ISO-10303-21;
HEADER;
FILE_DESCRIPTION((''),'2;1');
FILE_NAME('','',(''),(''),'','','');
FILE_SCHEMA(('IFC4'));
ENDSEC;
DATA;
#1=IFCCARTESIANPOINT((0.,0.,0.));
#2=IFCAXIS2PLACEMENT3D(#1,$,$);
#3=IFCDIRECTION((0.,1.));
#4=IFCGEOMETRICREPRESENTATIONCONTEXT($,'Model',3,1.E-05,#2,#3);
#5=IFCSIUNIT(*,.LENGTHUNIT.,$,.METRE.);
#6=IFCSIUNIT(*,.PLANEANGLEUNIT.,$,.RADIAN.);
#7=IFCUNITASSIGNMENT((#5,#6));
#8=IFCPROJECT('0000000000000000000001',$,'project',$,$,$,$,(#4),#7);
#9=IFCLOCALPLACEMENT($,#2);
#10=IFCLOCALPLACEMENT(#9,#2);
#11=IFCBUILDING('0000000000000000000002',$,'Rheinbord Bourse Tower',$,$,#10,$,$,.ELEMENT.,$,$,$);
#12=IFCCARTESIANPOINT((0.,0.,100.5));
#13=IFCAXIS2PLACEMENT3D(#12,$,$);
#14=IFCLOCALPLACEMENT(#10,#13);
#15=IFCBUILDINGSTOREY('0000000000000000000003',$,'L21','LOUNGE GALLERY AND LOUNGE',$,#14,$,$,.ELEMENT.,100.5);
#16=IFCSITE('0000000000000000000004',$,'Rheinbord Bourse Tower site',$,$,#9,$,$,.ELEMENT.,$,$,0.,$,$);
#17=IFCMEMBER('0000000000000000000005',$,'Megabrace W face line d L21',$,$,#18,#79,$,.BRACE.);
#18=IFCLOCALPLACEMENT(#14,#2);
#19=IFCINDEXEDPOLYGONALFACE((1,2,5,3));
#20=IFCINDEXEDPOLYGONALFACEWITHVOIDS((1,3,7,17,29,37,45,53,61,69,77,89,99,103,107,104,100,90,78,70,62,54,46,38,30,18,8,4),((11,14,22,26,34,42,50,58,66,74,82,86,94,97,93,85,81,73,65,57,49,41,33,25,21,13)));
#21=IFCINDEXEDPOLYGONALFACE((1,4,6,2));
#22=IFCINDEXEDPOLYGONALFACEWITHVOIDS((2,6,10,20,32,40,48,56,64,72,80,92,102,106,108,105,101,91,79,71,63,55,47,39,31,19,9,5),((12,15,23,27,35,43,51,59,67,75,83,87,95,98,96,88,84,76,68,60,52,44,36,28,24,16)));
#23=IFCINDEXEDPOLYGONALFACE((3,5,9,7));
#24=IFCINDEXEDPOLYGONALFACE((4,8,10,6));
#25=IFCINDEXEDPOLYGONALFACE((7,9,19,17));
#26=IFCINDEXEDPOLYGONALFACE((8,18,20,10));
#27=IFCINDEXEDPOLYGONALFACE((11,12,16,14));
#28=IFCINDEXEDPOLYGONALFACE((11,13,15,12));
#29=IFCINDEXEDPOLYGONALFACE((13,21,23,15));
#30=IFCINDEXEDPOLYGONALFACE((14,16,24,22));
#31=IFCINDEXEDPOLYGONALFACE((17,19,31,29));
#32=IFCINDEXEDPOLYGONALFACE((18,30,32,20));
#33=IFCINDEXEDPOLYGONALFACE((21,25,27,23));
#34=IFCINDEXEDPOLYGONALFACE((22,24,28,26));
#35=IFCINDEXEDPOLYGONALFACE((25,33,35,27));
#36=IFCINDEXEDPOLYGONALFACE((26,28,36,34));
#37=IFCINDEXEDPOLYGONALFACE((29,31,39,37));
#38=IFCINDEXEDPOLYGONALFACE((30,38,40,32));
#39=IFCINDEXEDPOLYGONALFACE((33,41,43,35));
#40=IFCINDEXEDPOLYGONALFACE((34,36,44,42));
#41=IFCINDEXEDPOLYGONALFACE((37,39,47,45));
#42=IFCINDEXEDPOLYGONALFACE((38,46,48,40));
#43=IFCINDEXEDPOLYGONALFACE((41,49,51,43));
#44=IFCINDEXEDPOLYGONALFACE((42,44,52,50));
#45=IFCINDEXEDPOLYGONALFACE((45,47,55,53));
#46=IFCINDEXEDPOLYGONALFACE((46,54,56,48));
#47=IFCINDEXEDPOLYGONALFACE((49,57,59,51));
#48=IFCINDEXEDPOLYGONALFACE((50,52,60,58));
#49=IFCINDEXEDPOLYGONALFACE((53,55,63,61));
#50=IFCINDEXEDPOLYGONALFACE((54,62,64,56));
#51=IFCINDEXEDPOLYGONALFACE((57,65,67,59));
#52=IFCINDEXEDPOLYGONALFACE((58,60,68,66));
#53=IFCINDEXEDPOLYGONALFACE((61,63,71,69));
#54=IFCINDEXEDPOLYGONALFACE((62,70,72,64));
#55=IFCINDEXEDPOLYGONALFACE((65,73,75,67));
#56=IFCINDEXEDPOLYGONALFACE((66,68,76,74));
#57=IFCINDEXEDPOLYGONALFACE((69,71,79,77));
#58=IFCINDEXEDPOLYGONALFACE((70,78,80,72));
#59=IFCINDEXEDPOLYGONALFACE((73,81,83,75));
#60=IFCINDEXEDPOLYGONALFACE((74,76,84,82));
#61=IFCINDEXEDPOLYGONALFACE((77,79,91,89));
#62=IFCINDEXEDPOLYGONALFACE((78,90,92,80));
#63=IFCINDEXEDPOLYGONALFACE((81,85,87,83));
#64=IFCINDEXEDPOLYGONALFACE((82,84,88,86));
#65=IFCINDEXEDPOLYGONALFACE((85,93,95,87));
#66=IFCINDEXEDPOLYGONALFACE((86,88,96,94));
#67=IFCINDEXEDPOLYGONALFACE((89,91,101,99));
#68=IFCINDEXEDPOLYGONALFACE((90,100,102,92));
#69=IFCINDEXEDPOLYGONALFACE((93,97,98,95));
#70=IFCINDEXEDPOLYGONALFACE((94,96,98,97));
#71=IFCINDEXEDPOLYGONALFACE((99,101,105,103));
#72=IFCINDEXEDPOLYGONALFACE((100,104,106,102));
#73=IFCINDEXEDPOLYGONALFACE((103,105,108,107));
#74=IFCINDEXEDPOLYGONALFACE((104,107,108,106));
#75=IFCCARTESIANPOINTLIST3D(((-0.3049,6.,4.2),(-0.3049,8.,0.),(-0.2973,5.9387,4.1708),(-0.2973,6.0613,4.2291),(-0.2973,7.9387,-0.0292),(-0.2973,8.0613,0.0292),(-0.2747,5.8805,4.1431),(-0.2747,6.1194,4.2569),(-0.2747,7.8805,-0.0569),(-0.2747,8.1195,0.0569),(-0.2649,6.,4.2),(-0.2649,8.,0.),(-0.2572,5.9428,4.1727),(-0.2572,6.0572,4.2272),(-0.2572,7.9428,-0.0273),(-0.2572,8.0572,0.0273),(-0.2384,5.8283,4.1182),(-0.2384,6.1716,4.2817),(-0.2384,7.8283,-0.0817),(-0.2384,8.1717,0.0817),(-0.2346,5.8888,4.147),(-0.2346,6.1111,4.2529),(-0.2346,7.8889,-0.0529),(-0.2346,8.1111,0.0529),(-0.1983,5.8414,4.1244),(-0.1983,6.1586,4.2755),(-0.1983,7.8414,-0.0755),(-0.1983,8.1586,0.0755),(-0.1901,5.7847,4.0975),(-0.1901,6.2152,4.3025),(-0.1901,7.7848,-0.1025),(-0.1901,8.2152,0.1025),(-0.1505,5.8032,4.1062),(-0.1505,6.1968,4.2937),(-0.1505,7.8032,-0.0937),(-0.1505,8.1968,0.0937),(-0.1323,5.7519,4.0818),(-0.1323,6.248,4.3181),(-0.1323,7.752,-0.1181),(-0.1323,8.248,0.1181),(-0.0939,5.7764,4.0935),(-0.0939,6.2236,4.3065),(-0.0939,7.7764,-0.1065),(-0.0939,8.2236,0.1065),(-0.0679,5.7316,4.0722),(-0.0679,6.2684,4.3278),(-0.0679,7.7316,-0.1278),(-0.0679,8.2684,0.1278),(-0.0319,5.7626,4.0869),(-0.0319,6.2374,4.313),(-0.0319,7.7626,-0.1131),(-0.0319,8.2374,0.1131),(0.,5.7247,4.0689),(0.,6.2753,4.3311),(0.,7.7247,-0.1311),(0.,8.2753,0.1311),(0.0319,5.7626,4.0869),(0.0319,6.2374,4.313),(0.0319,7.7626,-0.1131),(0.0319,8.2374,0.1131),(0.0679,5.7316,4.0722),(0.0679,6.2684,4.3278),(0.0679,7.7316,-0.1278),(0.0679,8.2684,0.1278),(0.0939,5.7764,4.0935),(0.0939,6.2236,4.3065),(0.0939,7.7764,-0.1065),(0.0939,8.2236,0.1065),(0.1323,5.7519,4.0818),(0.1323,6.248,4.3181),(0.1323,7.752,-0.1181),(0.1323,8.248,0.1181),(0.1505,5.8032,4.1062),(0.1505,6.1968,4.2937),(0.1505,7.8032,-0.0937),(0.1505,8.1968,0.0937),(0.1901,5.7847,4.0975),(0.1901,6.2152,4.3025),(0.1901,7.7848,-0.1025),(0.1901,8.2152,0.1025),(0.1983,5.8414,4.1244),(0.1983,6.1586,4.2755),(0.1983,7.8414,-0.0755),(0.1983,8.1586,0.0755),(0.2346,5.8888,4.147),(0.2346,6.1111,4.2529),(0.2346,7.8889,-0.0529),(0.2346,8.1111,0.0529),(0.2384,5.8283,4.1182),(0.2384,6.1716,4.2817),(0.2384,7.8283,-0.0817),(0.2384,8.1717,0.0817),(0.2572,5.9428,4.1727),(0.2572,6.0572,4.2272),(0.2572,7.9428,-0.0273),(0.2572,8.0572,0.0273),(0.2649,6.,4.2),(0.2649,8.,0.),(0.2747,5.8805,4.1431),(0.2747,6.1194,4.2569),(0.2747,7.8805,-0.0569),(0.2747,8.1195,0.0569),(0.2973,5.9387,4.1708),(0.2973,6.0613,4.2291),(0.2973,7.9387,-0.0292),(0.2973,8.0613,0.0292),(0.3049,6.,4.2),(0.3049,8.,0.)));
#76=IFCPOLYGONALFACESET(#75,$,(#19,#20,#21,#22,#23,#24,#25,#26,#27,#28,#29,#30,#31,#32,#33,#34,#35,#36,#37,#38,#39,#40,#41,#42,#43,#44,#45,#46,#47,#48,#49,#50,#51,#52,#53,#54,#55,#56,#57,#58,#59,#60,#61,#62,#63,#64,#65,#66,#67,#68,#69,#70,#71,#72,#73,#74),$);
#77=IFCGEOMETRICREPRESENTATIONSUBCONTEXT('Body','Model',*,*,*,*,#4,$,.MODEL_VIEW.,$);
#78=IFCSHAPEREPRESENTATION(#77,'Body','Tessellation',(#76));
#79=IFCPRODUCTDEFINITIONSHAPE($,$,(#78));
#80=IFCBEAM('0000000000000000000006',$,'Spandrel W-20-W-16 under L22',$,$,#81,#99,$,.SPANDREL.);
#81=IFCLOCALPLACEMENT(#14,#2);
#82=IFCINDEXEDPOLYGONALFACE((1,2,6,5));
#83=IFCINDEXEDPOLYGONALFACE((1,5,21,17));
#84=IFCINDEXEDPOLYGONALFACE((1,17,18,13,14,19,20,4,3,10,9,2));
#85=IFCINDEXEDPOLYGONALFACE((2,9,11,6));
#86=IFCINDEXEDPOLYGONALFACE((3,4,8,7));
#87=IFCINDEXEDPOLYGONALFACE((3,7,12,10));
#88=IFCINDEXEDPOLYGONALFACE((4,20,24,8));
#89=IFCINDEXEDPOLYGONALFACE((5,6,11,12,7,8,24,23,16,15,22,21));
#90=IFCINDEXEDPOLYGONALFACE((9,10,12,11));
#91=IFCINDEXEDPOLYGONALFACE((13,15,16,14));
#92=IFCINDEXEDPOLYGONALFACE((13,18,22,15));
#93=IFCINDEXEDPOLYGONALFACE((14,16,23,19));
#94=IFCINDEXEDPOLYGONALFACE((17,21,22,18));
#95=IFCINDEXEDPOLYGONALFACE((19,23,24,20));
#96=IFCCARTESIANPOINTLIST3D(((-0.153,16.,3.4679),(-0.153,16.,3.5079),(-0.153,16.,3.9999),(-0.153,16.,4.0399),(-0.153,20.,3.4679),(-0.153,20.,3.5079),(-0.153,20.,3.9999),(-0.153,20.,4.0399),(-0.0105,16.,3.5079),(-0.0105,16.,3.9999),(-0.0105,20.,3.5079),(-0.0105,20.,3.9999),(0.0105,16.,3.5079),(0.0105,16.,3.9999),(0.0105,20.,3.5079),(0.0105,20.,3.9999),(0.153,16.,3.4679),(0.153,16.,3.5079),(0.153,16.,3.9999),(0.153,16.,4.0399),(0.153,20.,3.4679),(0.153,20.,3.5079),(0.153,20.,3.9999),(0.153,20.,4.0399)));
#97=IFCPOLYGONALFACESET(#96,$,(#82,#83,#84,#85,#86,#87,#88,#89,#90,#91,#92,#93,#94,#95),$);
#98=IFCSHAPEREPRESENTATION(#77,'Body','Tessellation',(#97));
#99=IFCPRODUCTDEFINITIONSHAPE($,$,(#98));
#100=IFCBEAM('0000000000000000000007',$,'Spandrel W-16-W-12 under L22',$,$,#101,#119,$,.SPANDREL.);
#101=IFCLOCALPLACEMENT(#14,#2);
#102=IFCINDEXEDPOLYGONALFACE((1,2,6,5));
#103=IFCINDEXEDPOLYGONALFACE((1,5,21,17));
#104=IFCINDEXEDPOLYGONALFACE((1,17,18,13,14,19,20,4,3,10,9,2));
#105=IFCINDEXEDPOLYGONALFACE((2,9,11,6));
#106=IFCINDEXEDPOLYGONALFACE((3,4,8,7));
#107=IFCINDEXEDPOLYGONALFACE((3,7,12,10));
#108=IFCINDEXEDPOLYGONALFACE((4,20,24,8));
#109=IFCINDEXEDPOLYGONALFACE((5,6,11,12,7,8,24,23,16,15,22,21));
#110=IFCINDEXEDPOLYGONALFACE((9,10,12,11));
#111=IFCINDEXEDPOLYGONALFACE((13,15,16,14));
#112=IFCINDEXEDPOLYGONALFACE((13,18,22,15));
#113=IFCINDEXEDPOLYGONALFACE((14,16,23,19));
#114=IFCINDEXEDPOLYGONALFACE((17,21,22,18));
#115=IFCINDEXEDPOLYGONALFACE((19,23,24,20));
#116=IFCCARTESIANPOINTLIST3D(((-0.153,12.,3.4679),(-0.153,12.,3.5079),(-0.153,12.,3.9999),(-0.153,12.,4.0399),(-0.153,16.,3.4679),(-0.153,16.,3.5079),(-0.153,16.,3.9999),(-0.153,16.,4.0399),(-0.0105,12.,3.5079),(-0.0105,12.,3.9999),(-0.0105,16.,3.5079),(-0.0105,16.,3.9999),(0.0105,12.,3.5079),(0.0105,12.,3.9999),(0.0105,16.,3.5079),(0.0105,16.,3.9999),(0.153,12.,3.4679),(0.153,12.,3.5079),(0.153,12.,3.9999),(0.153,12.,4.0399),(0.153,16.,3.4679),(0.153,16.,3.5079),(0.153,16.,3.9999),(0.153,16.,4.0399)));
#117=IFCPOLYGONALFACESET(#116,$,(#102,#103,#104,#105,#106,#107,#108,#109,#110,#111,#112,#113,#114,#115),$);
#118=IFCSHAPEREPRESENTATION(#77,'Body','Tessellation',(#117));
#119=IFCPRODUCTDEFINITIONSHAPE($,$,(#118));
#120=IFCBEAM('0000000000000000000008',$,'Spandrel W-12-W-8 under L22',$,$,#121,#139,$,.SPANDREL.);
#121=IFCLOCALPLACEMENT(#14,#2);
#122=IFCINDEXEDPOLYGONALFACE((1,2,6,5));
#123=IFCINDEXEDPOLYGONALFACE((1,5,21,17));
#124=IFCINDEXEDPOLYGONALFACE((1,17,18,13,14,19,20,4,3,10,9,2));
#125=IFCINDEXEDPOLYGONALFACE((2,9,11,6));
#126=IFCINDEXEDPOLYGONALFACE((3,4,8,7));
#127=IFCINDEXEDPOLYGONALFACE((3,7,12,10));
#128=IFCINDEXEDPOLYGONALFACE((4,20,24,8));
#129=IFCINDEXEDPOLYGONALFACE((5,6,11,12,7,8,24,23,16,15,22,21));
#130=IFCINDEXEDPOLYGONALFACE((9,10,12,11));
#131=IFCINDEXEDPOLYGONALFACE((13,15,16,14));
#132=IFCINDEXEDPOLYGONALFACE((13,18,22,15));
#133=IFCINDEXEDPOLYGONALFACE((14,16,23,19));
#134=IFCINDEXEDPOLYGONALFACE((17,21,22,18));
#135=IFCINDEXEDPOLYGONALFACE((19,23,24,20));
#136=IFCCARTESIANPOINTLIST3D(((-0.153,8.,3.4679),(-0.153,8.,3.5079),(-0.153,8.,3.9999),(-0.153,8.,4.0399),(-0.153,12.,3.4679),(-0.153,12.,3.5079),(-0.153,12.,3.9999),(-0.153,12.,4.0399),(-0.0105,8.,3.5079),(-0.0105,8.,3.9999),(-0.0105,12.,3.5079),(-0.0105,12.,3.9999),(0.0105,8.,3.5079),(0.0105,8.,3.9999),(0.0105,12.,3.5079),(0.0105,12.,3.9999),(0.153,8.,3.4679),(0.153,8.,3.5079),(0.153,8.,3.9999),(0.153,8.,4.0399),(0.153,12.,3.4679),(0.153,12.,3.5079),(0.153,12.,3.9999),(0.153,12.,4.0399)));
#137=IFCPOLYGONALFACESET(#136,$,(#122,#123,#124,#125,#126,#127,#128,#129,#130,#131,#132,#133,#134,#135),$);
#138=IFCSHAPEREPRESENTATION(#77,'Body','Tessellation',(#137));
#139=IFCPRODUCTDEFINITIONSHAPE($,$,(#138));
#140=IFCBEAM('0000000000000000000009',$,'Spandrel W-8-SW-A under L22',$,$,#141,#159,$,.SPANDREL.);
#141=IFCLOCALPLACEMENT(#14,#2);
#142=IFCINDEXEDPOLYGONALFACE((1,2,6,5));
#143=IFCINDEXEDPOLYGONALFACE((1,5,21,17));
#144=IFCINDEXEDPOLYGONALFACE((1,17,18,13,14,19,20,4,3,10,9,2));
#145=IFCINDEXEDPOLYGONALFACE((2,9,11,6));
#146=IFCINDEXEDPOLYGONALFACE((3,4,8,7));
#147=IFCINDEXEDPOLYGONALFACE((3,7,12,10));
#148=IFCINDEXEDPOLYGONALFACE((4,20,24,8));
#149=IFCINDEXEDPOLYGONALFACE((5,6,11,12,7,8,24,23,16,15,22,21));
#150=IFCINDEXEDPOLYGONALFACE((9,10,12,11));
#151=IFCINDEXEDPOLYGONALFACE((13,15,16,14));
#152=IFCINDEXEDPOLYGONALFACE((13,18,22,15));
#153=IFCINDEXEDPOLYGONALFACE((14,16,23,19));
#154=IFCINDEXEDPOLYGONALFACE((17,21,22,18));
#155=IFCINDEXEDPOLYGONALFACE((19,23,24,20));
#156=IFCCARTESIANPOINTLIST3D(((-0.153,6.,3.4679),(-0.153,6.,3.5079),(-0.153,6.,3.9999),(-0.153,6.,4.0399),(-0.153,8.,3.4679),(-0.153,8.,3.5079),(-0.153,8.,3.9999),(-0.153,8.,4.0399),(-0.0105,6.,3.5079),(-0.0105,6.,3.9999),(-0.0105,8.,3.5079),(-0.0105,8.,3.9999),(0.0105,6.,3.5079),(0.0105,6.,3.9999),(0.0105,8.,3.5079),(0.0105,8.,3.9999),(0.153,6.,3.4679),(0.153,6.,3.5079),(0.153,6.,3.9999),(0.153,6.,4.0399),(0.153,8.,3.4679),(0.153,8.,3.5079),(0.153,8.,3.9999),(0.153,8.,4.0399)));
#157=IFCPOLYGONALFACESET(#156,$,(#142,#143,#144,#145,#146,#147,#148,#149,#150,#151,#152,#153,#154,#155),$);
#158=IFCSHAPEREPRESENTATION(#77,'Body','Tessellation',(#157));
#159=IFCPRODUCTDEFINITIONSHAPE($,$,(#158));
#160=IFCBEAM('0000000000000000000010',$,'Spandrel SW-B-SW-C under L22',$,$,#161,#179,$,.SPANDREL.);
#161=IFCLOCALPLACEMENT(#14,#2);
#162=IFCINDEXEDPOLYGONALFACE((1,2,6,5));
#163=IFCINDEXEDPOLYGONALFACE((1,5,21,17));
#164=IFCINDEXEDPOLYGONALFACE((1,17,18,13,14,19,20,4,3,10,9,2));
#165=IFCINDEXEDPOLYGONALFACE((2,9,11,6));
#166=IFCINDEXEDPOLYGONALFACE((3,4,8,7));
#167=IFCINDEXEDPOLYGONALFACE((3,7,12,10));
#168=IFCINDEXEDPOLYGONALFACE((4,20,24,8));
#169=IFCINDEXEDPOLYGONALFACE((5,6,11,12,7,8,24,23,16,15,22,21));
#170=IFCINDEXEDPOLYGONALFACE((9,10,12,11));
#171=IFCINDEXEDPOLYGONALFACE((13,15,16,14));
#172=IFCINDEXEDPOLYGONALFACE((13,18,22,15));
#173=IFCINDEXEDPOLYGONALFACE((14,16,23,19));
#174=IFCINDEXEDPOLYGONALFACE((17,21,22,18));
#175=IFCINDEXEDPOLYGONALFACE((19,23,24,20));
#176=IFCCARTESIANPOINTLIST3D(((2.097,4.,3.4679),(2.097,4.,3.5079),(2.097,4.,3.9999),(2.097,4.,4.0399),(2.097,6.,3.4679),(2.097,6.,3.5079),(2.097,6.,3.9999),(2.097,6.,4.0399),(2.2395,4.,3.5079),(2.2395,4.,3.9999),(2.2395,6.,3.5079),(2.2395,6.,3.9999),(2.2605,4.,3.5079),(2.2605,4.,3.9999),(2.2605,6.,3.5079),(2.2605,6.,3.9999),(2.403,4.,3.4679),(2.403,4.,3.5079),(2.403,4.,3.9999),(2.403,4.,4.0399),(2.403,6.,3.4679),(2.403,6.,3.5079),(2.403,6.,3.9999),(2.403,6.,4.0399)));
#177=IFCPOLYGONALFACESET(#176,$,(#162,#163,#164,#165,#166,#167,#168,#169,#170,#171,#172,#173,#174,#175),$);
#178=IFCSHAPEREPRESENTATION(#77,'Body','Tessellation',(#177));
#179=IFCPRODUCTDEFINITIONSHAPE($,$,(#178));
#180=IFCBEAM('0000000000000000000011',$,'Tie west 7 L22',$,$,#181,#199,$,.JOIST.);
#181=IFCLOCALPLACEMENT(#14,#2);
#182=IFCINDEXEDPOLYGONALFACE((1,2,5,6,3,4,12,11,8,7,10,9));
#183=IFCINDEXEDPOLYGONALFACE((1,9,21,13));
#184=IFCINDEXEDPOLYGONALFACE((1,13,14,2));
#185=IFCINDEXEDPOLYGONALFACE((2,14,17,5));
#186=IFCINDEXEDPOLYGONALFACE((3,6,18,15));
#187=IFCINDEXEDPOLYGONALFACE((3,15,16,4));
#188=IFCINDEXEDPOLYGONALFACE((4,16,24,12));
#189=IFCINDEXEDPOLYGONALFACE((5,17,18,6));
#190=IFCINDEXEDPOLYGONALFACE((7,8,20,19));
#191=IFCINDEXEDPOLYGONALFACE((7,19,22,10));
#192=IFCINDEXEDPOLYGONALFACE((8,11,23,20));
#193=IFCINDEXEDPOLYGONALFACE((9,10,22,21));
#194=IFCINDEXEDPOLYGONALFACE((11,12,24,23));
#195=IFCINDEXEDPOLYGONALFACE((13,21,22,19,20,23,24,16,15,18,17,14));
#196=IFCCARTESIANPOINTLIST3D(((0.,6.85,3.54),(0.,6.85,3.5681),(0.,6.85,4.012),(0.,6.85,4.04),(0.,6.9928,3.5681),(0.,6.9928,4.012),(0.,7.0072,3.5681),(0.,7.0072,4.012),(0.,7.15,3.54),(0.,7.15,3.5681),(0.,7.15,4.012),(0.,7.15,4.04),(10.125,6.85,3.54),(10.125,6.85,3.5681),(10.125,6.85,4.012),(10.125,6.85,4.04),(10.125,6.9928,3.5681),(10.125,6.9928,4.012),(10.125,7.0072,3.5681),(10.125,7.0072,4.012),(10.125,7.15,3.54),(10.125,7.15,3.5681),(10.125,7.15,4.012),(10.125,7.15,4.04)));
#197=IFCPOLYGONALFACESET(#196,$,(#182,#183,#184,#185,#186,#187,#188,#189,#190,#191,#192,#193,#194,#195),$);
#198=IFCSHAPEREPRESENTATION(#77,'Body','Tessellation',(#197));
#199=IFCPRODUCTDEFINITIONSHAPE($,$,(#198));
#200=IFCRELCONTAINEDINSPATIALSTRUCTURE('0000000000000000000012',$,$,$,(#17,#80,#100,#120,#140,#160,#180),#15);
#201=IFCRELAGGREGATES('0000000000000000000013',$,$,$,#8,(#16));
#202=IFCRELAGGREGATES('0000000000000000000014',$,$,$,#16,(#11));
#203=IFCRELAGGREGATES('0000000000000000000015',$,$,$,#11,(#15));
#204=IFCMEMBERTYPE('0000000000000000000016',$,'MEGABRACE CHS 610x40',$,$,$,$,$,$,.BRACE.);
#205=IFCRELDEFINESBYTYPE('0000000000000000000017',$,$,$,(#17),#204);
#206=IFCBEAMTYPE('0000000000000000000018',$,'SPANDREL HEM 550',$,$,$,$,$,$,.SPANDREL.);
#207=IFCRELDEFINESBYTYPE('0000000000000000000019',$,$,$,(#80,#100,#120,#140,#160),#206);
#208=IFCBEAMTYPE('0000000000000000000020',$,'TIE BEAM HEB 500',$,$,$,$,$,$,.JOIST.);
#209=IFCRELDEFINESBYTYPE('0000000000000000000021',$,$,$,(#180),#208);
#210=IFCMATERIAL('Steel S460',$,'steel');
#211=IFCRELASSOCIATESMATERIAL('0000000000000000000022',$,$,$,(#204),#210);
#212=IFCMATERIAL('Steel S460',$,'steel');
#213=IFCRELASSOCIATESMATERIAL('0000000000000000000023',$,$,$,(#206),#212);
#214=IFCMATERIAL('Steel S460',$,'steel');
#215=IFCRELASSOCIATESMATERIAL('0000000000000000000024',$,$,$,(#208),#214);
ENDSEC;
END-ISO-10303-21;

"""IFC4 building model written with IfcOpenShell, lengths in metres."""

from ifc_helpers import new_model, si_unit, direction, frame, origin, origin_2d, place, context, subcontext, project, spatial, hollow_circle, i_section, extrude, material, material_profile, profile_set, type_object, element, save


model = new_model("IFC4")

# Units and contexts
model_context = context("Model", 3, precision=1e-05, world=origin(), true_north=direction((0.0, 1.0)))
body_context = subcontext(model_context, "Body", "Model", "MODEL_VIEW")
ifc_project = project(units=[si_unit("LENGTHUNIT", "METRE"), si_unit("PLANEANGLEUNIT", "RADIAN")], contexts=[model_context])

# Site, building, storey
site_placement = place(None, origin())
site = spatial("IfcSite", under=ifc_project, at=site_placement, Name="Rheinbord Bourse Tower site", CompositionType="ELEMENT", RefElevation=0.0)
building_placement = place(site_placement, origin())
building = spatial("IfcBuilding", under=site, at=building_placement, Name="Rheinbord Bourse Tower", CompositionType="ELEMENT")
storey_placement = place(building_placement, frame((0.0, 0.0, 100.5)))
storey = spatial("IfcBuildingStorey", under=building, at=storey_placement, Name="L21", Description="LOUNGE GALLERY AND LOUNGE", CompositionType="ELEMENT", Elevation=100.5)

# Member
ifc_material_1 = material(Name="Steel S460", Category="steel")
ifc_material_profile_1 = material_profile(ifc_material_1, hollow_circle(Radius=0.3049, WallThickness=0.04, at=origin_2d()), Name="CHS 610x40")
ifc_profile_set_1 = profile_set([ifc_material_profile_1], Name="Steel S460")
member_type_1 = type_object("IfcMemberType", Name="MEGABRACE CHS 610x40", PredefinedType="BRACE", material=ifc_profile_set_1)
member_1_placement = place(storey_placement, frame((0.0, 8.0, 0.0), z_axis=(0.0, -0.429938, 0.902859), x_axis=(1.0, 0.0, 0.0)))
element("IfcMember", 1, at=member_1_placement, inside=storey, type_object=member_type_1, Name="Megabrace W face line d L21", PredefinedType="BRACE", context=body_context, shape_type="SweptSolid", body=[
    extrude(hollow_circle(Radius=0.3049, WallThickness=0.04, at=origin_2d()), origin(), (0.0, 0.0, 1.0), 4.6519),
])

# Beams
ifc_material_2 = material(Name="Steel S460", Category="steel")
ifc_material_profile_2 = material_profile(ifc_material_2, i_section(OverallWidth=0.3059, OverallDepth=0.572, WebThickness=0.021, FlangeThickness=0.04, at=origin_2d()), Name="HEM 550")
ifc_profile_set_2 = profile_set([ifc_material_profile_2], Name="Steel S460")
beam_type_1 = type_object("IfcBeamType", Name="SPANDREL HEM 550", PredefinedType="SPANDREL", material=ifc_profile_set_2)
for number, where, z_axis, x_axis, name in (
    (2, (0.0, 20.0, 3.7539), (0.0, -1.0, 0.0), (1.0, 0.0, 0.0), "Spandrel W-20-W-16 under L22"),
    (3, (0.0, 16.0, 3.7539), (0.0, -1.0, 0.0), (1.0, 0.0, 0.0), "Spandrel W-16-W-12 under L22"),
    (4, (0.0, 12.0, 3.7539), (0.0, -1.0, 0.0), (1.0, 0.0, 0.0), "Spandrel W-12-W-8 under L22"),
):
    element("IfcBeam", number, at=place(storey_placement, frame(where, z_axis=z_axis, x_axis=x_axis)), inside=storey, type_object=beam_type_1, Name=name, PredefinedType="SPANDREL", context=body_context, shape_type="SweptSolid", body=[
        extrude(i_section(OverallWidth=0.3059, OverallDepth=0.572, WebThickness=0.021, FlangeThickness=0.04, at=origin_2d()), origin(), (0.0, 0.0, 1.0), 4.0),
    ])
for number, where, z_axis, x_axis, name in (
    (5, (0.0, 8.0, 3.7539), (0.0, -1.0, 0.0), (1.0, 0.0, 0.0), "Spandrel W-8-SW-A under L22"),
    (6, (2.25, 6.0, 3.7539), (0.0, -1.0, 0.0), (1.0, 0.0, 0.0), "Spandrel SW-B-SW-C under L22"),
):
    element("IfcBeam", number, at=place(storey_placement, frame(where, z_axis=z_axis, x_axis=x_axis)), inside=storey, type_object=beam_type_1, Name=name, PredefinedType="SPANDREL", context=body_context, shape_type="SweptSolid", body=[
        extrude(i_section(OverallWidth=0.3059, OverallDepth=0.572, WebThickness=0.021, FlangeThickness=0.04, at=origin_2d()), origin(), (0.0, 0.0, 1.0), 2.0),
    ])
ifc_material_3 = material(Name="Steel S460", Category="steel")
ifc_material_profile_3 = material_profile(ifc_material_3, i_section(OverallWidth=0.3, OverallDepth=0.5, WebThickness=0.0144, FlangeThickness=0.0281, at=origin_2d()), Name="HEB 500")
ifc_profile_set_3 = profile_set([ifc_material_profile_3], Name="Steel S460")
beam_type_2 = type_object("IfcBeamType", Name="TIE BEAM HEB 500", PredefinedType="JOIST", material=ifc_profile_set_3)
for number, where, z_axis, x_axis, name in (
    (7, (0.0, 7.0, 3.79), (1.0, 0.0, 0.0), (0.0, 1.0, 0.0), "Tie west 7 L22"),
):
    element("IfcBeam", number, at=place(storey_placement, frame(where, z_axis=z_axis, x_axis=x_axis)), inside=storey, type_object=beam_type_2, Name=name, PredefinedType="JOIST", context=body_context, shape_type="SweptSolid", body=[
        extrude(i_section(OverallWidth=0.3, OverallDepth=0.5, WebThickness=0.0144, FlangeThickness=0.0281, at=origin_2d()), origin(), (0.0, 0.0, 1.0), 10.125),
    ])

save(model, "model.ifc")
